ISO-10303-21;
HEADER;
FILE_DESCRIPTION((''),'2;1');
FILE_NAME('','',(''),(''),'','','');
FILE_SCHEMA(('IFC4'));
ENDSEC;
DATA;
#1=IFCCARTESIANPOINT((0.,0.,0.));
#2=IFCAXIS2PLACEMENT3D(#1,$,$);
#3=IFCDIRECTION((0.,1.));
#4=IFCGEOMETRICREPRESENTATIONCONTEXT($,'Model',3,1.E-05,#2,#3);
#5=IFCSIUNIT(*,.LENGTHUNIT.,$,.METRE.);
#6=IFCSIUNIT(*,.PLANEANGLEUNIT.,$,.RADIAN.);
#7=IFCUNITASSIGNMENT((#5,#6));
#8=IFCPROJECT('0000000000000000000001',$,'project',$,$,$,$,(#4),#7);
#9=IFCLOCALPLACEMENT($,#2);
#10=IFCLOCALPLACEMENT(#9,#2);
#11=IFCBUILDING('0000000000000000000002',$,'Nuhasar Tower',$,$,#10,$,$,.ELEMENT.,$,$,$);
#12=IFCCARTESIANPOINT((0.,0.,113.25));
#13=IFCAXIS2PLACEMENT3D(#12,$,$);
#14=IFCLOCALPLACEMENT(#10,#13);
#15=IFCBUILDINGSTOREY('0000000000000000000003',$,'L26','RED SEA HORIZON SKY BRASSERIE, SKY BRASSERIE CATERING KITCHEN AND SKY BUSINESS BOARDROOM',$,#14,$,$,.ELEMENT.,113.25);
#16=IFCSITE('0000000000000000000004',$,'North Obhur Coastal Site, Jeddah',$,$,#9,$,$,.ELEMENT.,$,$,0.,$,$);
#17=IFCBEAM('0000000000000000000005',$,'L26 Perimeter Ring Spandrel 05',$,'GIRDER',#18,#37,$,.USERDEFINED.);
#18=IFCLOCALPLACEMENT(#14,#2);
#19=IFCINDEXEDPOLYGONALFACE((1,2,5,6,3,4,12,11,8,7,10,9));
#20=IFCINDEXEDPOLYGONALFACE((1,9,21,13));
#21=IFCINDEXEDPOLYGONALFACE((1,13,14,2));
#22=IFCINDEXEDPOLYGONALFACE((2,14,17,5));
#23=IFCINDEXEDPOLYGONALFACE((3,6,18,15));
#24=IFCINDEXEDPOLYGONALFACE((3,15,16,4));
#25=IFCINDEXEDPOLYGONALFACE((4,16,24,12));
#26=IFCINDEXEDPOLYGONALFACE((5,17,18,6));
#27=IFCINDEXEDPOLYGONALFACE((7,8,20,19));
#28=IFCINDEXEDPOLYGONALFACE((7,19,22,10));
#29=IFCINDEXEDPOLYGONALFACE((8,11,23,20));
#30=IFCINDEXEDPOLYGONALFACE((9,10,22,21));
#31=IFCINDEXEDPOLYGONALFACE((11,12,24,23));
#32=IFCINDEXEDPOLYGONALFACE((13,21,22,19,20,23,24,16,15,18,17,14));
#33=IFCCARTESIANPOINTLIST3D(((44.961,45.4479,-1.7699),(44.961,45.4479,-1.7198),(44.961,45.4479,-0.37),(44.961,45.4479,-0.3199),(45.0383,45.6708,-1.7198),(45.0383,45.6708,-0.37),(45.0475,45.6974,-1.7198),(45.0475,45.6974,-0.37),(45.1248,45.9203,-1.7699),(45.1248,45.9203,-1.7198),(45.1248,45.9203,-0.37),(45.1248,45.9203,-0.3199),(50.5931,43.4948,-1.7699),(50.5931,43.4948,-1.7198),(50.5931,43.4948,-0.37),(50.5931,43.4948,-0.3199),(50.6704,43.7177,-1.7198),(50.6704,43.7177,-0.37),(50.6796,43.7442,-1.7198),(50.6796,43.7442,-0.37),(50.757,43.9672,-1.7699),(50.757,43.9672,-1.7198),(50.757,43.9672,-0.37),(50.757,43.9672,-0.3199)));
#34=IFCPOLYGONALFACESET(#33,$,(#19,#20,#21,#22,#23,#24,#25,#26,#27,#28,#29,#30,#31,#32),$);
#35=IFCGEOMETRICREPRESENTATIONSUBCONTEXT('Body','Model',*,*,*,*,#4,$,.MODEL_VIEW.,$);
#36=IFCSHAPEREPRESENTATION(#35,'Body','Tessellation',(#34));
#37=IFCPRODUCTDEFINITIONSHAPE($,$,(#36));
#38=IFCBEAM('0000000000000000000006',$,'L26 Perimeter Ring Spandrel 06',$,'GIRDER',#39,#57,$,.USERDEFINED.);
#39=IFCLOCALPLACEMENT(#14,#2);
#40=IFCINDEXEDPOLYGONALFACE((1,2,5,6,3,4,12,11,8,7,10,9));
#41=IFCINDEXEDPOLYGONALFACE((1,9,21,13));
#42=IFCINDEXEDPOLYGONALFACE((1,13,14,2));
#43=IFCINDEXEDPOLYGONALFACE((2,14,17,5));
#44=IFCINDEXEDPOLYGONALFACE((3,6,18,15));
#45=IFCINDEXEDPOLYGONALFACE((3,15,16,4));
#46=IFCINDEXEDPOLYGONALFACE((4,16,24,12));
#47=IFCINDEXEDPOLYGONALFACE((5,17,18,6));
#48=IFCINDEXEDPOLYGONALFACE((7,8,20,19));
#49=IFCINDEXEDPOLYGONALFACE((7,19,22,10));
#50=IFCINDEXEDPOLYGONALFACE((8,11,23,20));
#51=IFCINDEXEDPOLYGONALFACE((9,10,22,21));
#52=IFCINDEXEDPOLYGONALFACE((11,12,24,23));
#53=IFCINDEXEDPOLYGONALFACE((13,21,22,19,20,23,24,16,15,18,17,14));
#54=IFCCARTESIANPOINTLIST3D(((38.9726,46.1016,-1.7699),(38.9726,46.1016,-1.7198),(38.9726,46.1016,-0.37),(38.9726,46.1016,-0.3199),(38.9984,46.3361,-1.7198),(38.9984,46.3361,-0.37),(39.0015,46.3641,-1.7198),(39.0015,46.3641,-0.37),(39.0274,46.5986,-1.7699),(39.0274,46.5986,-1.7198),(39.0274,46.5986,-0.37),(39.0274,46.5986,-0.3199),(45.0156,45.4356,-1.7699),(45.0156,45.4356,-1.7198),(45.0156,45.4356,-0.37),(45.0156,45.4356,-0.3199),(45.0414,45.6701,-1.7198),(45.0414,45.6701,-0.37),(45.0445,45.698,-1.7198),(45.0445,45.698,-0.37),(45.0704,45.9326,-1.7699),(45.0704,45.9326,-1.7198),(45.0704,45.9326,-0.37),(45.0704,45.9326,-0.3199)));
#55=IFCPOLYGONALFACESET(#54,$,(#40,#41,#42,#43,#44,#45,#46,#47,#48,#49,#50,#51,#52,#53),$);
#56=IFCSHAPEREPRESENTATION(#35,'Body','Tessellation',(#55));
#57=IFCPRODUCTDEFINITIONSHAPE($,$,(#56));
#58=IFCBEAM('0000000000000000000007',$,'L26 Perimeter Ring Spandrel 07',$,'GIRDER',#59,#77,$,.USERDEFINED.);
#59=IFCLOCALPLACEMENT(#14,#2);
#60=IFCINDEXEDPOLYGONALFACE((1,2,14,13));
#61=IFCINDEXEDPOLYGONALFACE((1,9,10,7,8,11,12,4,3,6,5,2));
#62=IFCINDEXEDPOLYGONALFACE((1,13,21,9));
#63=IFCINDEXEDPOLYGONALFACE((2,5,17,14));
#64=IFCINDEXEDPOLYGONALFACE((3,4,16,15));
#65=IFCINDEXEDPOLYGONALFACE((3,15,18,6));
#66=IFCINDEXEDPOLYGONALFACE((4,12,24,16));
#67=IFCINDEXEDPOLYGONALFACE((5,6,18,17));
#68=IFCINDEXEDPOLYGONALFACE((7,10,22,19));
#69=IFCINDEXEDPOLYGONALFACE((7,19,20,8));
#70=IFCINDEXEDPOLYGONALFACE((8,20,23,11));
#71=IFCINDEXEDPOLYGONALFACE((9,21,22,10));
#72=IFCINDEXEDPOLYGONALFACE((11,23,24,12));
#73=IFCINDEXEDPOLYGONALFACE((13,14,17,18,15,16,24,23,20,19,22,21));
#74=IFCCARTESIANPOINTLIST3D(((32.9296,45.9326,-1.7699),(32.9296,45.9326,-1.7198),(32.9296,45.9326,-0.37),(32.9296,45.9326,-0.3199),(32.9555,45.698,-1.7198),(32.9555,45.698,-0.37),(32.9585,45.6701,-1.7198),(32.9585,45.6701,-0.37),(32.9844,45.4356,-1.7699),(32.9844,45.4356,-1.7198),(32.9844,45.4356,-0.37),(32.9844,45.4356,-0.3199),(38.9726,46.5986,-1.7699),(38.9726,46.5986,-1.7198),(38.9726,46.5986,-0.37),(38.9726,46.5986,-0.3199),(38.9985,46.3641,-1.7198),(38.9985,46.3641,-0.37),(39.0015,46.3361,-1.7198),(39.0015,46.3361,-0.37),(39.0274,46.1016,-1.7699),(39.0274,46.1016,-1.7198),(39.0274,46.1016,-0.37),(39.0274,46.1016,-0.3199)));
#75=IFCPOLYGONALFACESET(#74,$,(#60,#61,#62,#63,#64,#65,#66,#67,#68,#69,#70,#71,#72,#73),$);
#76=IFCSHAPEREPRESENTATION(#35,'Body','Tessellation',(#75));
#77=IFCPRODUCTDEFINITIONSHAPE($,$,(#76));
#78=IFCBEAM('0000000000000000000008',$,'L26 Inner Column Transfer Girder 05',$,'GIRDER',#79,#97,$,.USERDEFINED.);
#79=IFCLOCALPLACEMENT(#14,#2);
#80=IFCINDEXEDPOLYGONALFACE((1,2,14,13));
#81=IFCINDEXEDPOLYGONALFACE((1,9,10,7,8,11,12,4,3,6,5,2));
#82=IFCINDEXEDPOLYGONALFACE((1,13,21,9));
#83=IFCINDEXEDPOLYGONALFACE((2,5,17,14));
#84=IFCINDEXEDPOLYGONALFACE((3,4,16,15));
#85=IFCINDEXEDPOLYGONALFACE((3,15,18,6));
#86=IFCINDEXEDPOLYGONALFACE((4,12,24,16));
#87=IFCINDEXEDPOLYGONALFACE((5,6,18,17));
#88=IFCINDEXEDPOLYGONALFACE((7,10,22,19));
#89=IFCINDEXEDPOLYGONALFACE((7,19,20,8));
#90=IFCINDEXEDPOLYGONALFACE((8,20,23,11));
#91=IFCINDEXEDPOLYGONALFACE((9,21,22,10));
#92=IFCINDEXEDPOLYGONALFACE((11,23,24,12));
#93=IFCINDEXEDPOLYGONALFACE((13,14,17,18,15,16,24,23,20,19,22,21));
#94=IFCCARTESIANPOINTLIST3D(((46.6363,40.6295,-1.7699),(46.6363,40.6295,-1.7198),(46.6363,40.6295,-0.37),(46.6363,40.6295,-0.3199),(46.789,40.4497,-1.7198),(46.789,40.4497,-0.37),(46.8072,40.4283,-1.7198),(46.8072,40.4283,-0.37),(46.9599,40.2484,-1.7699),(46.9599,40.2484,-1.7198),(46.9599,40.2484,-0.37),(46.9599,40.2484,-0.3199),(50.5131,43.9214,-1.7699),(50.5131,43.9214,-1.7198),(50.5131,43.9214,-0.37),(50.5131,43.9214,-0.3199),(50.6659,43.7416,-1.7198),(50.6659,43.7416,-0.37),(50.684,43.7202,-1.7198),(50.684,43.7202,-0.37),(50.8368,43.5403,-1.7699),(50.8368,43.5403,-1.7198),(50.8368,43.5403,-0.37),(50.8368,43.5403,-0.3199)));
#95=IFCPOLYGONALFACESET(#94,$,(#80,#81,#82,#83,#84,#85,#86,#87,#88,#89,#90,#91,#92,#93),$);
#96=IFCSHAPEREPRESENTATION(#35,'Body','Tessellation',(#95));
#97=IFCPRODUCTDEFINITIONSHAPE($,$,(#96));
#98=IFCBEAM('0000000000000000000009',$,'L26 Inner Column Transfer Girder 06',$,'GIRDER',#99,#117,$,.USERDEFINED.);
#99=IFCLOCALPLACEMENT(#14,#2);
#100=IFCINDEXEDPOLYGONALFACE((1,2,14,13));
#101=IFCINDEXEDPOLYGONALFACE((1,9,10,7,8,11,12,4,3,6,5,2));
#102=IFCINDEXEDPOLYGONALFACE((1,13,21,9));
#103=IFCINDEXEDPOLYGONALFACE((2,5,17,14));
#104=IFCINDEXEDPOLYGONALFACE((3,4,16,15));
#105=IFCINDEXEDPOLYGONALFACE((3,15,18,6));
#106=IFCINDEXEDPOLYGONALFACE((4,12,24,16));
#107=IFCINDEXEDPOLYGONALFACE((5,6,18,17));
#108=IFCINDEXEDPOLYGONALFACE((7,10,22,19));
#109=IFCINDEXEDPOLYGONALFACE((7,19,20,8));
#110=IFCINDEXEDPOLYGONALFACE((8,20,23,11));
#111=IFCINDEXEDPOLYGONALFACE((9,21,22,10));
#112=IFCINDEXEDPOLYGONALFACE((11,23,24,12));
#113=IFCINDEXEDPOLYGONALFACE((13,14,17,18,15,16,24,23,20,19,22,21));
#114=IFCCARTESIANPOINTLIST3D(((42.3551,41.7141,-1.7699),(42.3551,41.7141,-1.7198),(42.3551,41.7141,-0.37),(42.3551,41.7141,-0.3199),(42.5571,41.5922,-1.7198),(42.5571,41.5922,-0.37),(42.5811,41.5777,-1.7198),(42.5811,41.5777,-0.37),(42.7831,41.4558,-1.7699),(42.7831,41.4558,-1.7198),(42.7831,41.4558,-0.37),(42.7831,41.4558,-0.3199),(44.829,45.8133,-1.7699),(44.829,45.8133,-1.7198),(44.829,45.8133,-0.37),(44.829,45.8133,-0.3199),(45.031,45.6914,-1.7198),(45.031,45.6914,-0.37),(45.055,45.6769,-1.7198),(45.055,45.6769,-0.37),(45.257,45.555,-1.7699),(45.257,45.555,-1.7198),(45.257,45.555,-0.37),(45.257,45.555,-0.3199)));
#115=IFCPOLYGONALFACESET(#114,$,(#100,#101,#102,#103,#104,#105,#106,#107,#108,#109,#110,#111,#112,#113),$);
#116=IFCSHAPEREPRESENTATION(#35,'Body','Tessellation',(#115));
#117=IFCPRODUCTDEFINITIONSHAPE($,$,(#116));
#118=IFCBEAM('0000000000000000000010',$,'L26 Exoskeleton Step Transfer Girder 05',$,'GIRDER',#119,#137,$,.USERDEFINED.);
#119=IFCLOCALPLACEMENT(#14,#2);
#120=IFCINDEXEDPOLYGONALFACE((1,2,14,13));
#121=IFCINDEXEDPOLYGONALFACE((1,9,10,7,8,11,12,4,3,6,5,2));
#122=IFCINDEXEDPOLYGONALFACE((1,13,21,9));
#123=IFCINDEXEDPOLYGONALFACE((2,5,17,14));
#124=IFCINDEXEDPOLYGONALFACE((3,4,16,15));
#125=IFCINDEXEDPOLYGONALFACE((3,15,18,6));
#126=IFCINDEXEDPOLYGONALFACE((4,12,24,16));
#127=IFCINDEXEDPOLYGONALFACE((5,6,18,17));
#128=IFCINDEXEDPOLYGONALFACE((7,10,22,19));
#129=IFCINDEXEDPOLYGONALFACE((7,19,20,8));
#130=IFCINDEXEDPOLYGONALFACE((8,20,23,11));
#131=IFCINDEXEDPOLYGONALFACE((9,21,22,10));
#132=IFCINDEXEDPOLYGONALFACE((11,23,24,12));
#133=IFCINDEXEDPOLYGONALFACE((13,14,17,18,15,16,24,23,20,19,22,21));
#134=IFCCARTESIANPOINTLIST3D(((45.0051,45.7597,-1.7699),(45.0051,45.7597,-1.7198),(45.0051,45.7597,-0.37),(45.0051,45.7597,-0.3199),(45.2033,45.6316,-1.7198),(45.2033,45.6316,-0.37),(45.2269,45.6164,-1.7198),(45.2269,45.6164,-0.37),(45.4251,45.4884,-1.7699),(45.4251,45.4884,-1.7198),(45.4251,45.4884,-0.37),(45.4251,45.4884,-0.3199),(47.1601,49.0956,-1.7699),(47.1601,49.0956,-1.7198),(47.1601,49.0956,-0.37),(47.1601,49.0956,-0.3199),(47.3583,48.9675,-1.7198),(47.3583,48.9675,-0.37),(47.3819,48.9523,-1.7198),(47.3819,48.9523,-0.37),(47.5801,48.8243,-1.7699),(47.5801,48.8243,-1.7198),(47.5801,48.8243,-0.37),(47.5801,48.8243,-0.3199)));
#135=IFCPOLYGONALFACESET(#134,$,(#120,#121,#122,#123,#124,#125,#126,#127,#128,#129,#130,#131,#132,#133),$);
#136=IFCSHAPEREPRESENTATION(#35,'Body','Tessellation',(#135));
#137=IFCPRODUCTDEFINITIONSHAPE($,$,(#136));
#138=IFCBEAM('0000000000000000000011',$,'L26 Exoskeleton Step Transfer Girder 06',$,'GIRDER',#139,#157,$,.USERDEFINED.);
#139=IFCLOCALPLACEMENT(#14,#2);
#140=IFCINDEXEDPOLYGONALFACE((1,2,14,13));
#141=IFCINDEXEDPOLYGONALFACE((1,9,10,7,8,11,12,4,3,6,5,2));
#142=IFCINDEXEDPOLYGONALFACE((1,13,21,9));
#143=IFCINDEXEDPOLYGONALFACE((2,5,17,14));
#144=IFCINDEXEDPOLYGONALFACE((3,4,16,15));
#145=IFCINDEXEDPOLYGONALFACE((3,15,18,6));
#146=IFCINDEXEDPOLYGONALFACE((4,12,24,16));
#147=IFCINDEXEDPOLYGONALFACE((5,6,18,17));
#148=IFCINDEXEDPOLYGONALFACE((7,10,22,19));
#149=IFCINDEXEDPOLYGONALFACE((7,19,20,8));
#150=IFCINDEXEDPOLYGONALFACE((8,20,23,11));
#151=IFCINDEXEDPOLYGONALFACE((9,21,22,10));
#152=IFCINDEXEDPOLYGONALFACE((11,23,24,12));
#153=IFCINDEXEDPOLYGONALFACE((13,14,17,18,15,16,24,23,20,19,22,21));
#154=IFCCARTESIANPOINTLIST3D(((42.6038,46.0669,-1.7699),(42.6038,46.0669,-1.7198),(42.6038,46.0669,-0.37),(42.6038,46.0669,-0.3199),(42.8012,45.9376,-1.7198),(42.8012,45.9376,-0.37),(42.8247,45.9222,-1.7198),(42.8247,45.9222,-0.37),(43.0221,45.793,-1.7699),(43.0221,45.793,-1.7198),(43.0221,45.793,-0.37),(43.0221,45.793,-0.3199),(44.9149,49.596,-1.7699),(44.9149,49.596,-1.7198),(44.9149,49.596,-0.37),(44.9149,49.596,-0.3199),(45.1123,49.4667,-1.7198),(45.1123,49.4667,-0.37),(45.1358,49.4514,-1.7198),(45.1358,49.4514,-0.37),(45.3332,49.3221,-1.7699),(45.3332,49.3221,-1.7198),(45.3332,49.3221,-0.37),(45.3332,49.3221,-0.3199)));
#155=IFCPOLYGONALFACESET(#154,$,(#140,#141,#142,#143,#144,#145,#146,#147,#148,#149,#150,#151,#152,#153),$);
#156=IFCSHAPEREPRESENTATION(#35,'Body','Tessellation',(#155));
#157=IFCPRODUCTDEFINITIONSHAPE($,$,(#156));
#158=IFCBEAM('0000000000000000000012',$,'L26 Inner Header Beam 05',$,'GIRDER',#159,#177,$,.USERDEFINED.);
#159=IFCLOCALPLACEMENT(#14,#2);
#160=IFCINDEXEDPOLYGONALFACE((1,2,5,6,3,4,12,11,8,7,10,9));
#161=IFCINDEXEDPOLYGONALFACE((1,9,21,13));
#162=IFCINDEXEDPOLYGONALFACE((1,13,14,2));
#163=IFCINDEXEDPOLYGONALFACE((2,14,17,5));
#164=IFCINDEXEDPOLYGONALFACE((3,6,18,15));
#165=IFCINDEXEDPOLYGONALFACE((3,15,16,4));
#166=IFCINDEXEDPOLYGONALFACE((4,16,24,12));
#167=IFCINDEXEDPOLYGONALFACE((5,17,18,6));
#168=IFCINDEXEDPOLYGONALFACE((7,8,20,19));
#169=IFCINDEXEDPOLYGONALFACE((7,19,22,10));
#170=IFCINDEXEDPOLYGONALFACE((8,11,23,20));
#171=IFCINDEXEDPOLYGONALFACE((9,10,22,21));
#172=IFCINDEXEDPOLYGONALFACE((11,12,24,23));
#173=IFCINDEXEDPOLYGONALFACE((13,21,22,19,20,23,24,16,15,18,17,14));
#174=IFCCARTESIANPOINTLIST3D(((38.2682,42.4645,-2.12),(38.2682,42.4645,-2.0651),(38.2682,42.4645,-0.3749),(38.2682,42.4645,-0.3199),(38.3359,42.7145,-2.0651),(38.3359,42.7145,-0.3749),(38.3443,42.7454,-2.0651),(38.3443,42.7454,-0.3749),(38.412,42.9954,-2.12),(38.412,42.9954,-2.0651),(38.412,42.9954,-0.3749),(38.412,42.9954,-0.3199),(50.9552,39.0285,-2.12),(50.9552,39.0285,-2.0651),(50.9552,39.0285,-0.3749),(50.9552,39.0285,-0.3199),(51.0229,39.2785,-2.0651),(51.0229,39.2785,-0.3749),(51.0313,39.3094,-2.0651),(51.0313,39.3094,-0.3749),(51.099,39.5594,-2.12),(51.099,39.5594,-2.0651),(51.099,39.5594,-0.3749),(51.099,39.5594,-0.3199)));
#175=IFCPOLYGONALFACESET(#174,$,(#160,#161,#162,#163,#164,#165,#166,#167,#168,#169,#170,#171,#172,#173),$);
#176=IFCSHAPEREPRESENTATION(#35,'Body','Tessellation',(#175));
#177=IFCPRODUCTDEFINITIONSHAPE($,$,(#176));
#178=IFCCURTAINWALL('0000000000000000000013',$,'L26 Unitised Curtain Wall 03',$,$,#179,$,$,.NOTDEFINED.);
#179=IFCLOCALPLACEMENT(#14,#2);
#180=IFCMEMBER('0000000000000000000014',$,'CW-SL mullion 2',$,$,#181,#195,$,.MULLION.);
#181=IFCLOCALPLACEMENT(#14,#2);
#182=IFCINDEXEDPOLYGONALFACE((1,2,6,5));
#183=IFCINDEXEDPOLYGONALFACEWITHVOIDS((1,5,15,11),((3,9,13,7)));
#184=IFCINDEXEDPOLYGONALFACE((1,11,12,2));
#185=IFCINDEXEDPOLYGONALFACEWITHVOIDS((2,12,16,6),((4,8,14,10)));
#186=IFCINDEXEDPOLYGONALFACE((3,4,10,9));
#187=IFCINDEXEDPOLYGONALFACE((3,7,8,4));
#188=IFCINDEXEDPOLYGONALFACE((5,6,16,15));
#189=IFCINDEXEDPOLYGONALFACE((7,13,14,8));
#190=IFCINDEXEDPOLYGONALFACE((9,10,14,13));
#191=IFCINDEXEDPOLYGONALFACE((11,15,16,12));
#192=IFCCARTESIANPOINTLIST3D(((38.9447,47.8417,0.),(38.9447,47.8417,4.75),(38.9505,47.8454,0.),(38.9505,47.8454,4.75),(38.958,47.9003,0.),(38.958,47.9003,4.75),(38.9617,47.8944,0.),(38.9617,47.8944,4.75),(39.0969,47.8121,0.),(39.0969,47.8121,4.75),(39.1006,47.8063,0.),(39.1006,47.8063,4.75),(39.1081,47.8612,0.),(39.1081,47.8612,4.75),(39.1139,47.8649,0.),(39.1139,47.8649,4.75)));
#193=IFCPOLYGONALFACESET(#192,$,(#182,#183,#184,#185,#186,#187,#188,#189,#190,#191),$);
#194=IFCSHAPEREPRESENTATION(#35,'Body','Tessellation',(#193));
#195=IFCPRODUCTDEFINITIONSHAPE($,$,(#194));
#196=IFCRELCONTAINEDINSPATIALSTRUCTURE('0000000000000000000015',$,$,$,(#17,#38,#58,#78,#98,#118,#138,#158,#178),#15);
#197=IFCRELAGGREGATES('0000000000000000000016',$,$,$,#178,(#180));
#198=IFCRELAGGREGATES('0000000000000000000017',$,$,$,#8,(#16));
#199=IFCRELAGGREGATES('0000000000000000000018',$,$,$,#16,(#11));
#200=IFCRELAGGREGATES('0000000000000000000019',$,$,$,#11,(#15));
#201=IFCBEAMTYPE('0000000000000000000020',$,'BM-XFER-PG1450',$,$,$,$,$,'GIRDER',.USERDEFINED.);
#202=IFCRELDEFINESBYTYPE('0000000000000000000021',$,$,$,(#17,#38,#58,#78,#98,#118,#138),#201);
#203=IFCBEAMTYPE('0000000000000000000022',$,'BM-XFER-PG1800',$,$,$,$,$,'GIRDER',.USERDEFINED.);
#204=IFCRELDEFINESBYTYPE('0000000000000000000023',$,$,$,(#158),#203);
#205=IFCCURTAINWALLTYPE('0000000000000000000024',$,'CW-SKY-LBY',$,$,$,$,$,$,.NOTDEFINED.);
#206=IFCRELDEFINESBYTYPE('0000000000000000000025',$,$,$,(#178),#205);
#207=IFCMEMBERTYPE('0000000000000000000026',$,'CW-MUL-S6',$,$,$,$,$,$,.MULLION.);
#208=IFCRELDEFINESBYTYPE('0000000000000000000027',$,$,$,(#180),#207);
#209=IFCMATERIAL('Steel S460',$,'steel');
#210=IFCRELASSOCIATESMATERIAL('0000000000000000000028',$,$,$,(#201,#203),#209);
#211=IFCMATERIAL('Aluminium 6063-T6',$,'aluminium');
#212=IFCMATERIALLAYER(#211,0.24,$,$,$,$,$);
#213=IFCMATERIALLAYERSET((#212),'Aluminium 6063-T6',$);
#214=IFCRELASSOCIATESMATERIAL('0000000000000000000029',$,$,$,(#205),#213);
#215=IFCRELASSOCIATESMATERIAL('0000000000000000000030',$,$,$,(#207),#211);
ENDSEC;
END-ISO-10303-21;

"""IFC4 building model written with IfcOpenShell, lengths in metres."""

from ifc_helpers import new_model, si_unit, direction, frame, origin, origin_2d, place, context, subcontext, project, spatial, hollow_rectangle, i_section, extrude, material, layer, layer_set, material_profile, profile_set, type_object, element, aggregate, save


model = new_model("IFC4")

# Units and contexts
model_context = context("Model", 3, precision=1e-05, world=origin(), true_north=direction((0.0, 1.0)))
body_context = subcontext(model_context, "Body", "Model", "MODEL_VIEW")
ifc_project = project(units=[si_unit("LENGTHUNIT", "METRE"), si_unit("PLANEANGLEUNIT", "RADIAN")], contexts=[model_context])

# Site, building, storey
site_placement = place(None, origin())
site = spatial("IfcSite", under=ifc_project, at=site_placement, Name="North Obhur Coastal Site, Jeddah", CompositionType="ELEMENT", RefElevation=0.0)
building_placement = place(site_placement, origin())
building = spatial("IfcBuilding", under=site, at=building_placement, Name="Nuhasar Tower", CompositionType="ELEMENT")
storey_placement = place(building_placement, frame((0.0, 0.0, 113.25)))
storey = spatial("IfcBuildingStorey", under=building, at=storey_placement, Name="L26", Description="RED SEA HORIZON SKY BRASSERIE, SKY BRASSERIE CATERING KITCHEN AND SKY BUSINESS BOARDROOM", CompositionType="ELEMENT", Elevation=113.25)

# Beams
ifc_material_1 = material(Name="Steel S460", Category="steel")
ifc_material_profile_1 = material_profile(ifc_material_1, i_section(OverallWidth=0.5, OverallDepth=1.45, WebThickness=0.0281, FlangeThickness=0.05, at=origin_2d()), Name="PG1450X500")
ifc_profile_set_1 = profile_set([ifc_material_profile_1], Name="Steel S460")
beam_type_1 = type_object("IfcBeamType", Name="BM-XFER-PG1450", ElementType="GIRDER", PredefinedType="USERDEFINED", material=ifc_profile_set_1)
beam_1_placement = place(storey_placement, frame((50.675, 43.731, -1.0449), z_axis=(-0.944801, 0.327644, 0.0), x_axis=(-0.327644, -0.944801, 0.0)))
element("IfcBeam", 1, at=beam_1_placement, inside=storey, type_object=beam_type_1, Name="L26 Perimeter Ring Spandrel 05", ObjectType="GIRDER", PredefinedType="USERDEFINED", context=body_context, shape_type="SweptSolid", body=[
    extrude(i_section(OverallWidth=0.5, OverallDepth=1.45, WebThickness=0.0281, FlangeThickness=0.05, at=origin_2d()), origin(), (0.0, 0.0, 1.0), 5.9612),
])
for number, where, z_axis, x_axis, name in (
    (2, (45.043, 45.6841, -1.0449), (-0.993981, 0.10955, 0.0), (-0.10955, -0.993981, 0.0), "L26 Perimeter Ring Spandrel 06"),
    (3, (39.0, 46.3501, -1.0449), (-0.993981, -0.10955, 0.0), (0.10955, -0.993981, 0.0), "L26 Perimeter Ring Spandrel 07"),
):
    element("IfcBeam", number, at=place(storey_placement, frame(where, z_axis=z_axis, x_axis=x_axis)), inside=storey, type_object=beam_type_1, Name=name, ObjectType="GIRDER", PredefinedType="USERDEFINED", context=body_context, shape_type="SweptSolid", body=[
        extrude(i_section(OverallWidth=0.5, OverallDepth=1.45, WebThickness=0.0281, FlangeThickness=0.05, at=origin_2d()), origin(), (0.0, 0.0, 1.0), 6.0796),
    ])
beam_2_placement = place(storey_placement, frame((46.7981, 40.439, -1.0449), z_axis=(0.762271, 0.647258, 0.0), x_axis=(-0.647258, 0.762271, 0.0)))
element("IfcBeam", 4, at=beam_2_placement, inside=storey, type_object=beam_type_1, Name="L26 Inner Column Transfer Girder 05", ObjectType="GIRDER", PredefinedType="USERDEFINED", context=body_context, shape_type="SweptSolid", body=[
    extrude(i_section(OverallWidth=0.5, OverallDepth=1.45, WebThickness=0.0281, FlangeThickness=0.05, at=origin_2d()), origin(), (0.0, 0.0, 1.0), 5.0859),
])
beam_3_placement = place(storey_placement, frame((42.5691, 41.585, -1.0449), z_axis=(0.516706, 0.856163, 0.0), x_axis=(-0.856163, 0.516706, 0.0)))
element("IfcBeam", 5, at=beam_3_placement, inside=storey, type_object=beam_type_1, Name="L26 Inner Column Transfer Girder 06", ObjectType="GIRDER", PredefinedType="USERDEFINED", context=body_context, shape_type="SweptSolid", body=[
    extrude(i_section(OverallWidth=0.5, OverallDepth=1.45, WebThickness=0.0281, FlangeThickness=0.05, at=origin_2d()), origin(), (0.0, 0.0, 1.0), 4.7878),
])
beam_4_placement = place(storey_placement, frame((45.2151, 45.624, -1.0449), z_axis=(0.542627, 0.839974, 0.0), x_axis=(-0.839974, 0.542627, 0.0)))
element("IfcBeam", 6, at=beam_4_placement, inside=storey, type_object=beam_type_1, Name="L26 Exoskeleton Step Transfer Girder 05", ObjectType="GIRDER", PredefinedType="USERDEFINED", context=body_context, shape_type="SweptSolid", body=[
    extrude(i_section(OverallWidth=0.5, OverallDepth=1.45, WebThickness=0.0281, FlangeThickness=0.05, at=origin_2d()), origin(), (0.0, 0.0, 1.0), 3.9714),
])
beam_5_placement = place(storey_placement, frame((42.813, 45.9299, -1.0449), z_axis=(0.547843, 0.836581, 0.0), x_axis=(-0.836581, 0.547843, 0.0)))
element("IfcBeam", 7, at=beam_5_placement, inside=storey, type_object=beam_type_1, Name="L26 Exoskeleton Step Transfer Girder 06", ObjectType="GIRDER", PredefinedType="USERDEFINED", context=body_context, shape_type="SweptSolid", body=[
    extrude(i_section(OverallWidth=0.5, OverallDepth=1.45, WebThickness=0.0281, FlangeThickness=0.05, at=origin_2d()), origin(), (0.0, 0.0, 1.0), 4.2185),
])
ifc_material_profile_2 = material_profile(ifc_material_1, i_section(OverallWidth=0.55, OverallDepth=1.8, WebThickness=0.032, FlangeThickness=0.0549, at=origin_2d()), Name="PG1800X550")
ifc_profile_set_2 = profile_set([ifc_material_profile_2], Name="Steel S460")
beam_type_2 = type_object("IfcBeamType", Name="BM-XFER-PG1800", ElementType="GIRDER", PredefinedType="USERDEFINED", material=ifc_profile_set_2)
beam_6_placement = place(storey_placement, frame((51.0271, 39.2939, -1.22), z_axis=(-0.965227, 0.261413, 0.0), x_axis=(-0.261413, -0.965227, 0.0)))
element("IfcBeam", 8, at=beam_6_placement, inside=storey, type_object=beam_type_2, Name="L26 Inner Header Beam 05", ObjectType="GIRDER", PredefinedType="USERDEFINED", context=body_context, shape_type="SweptSolid", body=[
    extrude(i_section(OverallWidth=0.55, OverallDepth=1.8, WebThickness=0.032, FlangeThickness=0.0549, at=origin_2d()), origin(), (0.0, 0.0, 1.0), 13.144),
])

# Curtain wall, member
ifc_material_2 = material(Name="Aluminium 6063-T6", Category="aluminium")
ifc_layer_1 = layer(ifc_material_2, 0.24)
ifc_layer_set_1 = layer_set([ifc_layer_1], Name="Aluminium 6063-T6")
curtain_wall_type = type_object("IfcCurtainWallType", Name="CW-SKY-LBY", PredefinedType="NOTDEFINED", material=ifc_layer_set_1)
curtain_wall_placement = place(storey_placement, origin())
curtain_wall = element("IfcCurtainWall", 9, at=curtain_wall_placement, inside=storey, type_object=curtain_wall_type, Name="L26 Unitised Curtain Wall 03", PredefinedType="NOTDEFINED")
ifc_material_profile_3 = material_profile(ifc_material_2, hollow_rectangle(XDim=0.0601, YDim=0.1599, WallThickness=0.0049, at=origin_2d()), Name="CWM-6")
ifc_profile_set_3 = profile_set([ifc_material_profile_3], Name="Aluminium 6063-T6")
member_type_1 = type_object("IfcMemberType", Name="CW-MUL-S6", PredefinedType="MULLION", material=ifc_profile_set_3)
member_1_placement = place(storey_placement, frame((39.0293, 47.8533, 0.0), z_axis=(0.0, 0.0, 1.0), x_axis=(-0.221397, -0.975184, 0.0)))
member_1 = element("IfcMember", 10, at=member_1_placement, type_object=member_type_1, Name="CW-SL mullion 2", PredefinedType="MULLION", context=body_context, shape_type="SweptSolid", body=[
    extrude(hollow_rectangle(XDim=0.0601, YDim=0.1599, WallThickness=0.0049, at=origin_2d()), origin(), (0.0, 0.0, 1.0), 4.75),
])

aggregate(curtain_wall, [member_1])

save(model, "model.ifc")
